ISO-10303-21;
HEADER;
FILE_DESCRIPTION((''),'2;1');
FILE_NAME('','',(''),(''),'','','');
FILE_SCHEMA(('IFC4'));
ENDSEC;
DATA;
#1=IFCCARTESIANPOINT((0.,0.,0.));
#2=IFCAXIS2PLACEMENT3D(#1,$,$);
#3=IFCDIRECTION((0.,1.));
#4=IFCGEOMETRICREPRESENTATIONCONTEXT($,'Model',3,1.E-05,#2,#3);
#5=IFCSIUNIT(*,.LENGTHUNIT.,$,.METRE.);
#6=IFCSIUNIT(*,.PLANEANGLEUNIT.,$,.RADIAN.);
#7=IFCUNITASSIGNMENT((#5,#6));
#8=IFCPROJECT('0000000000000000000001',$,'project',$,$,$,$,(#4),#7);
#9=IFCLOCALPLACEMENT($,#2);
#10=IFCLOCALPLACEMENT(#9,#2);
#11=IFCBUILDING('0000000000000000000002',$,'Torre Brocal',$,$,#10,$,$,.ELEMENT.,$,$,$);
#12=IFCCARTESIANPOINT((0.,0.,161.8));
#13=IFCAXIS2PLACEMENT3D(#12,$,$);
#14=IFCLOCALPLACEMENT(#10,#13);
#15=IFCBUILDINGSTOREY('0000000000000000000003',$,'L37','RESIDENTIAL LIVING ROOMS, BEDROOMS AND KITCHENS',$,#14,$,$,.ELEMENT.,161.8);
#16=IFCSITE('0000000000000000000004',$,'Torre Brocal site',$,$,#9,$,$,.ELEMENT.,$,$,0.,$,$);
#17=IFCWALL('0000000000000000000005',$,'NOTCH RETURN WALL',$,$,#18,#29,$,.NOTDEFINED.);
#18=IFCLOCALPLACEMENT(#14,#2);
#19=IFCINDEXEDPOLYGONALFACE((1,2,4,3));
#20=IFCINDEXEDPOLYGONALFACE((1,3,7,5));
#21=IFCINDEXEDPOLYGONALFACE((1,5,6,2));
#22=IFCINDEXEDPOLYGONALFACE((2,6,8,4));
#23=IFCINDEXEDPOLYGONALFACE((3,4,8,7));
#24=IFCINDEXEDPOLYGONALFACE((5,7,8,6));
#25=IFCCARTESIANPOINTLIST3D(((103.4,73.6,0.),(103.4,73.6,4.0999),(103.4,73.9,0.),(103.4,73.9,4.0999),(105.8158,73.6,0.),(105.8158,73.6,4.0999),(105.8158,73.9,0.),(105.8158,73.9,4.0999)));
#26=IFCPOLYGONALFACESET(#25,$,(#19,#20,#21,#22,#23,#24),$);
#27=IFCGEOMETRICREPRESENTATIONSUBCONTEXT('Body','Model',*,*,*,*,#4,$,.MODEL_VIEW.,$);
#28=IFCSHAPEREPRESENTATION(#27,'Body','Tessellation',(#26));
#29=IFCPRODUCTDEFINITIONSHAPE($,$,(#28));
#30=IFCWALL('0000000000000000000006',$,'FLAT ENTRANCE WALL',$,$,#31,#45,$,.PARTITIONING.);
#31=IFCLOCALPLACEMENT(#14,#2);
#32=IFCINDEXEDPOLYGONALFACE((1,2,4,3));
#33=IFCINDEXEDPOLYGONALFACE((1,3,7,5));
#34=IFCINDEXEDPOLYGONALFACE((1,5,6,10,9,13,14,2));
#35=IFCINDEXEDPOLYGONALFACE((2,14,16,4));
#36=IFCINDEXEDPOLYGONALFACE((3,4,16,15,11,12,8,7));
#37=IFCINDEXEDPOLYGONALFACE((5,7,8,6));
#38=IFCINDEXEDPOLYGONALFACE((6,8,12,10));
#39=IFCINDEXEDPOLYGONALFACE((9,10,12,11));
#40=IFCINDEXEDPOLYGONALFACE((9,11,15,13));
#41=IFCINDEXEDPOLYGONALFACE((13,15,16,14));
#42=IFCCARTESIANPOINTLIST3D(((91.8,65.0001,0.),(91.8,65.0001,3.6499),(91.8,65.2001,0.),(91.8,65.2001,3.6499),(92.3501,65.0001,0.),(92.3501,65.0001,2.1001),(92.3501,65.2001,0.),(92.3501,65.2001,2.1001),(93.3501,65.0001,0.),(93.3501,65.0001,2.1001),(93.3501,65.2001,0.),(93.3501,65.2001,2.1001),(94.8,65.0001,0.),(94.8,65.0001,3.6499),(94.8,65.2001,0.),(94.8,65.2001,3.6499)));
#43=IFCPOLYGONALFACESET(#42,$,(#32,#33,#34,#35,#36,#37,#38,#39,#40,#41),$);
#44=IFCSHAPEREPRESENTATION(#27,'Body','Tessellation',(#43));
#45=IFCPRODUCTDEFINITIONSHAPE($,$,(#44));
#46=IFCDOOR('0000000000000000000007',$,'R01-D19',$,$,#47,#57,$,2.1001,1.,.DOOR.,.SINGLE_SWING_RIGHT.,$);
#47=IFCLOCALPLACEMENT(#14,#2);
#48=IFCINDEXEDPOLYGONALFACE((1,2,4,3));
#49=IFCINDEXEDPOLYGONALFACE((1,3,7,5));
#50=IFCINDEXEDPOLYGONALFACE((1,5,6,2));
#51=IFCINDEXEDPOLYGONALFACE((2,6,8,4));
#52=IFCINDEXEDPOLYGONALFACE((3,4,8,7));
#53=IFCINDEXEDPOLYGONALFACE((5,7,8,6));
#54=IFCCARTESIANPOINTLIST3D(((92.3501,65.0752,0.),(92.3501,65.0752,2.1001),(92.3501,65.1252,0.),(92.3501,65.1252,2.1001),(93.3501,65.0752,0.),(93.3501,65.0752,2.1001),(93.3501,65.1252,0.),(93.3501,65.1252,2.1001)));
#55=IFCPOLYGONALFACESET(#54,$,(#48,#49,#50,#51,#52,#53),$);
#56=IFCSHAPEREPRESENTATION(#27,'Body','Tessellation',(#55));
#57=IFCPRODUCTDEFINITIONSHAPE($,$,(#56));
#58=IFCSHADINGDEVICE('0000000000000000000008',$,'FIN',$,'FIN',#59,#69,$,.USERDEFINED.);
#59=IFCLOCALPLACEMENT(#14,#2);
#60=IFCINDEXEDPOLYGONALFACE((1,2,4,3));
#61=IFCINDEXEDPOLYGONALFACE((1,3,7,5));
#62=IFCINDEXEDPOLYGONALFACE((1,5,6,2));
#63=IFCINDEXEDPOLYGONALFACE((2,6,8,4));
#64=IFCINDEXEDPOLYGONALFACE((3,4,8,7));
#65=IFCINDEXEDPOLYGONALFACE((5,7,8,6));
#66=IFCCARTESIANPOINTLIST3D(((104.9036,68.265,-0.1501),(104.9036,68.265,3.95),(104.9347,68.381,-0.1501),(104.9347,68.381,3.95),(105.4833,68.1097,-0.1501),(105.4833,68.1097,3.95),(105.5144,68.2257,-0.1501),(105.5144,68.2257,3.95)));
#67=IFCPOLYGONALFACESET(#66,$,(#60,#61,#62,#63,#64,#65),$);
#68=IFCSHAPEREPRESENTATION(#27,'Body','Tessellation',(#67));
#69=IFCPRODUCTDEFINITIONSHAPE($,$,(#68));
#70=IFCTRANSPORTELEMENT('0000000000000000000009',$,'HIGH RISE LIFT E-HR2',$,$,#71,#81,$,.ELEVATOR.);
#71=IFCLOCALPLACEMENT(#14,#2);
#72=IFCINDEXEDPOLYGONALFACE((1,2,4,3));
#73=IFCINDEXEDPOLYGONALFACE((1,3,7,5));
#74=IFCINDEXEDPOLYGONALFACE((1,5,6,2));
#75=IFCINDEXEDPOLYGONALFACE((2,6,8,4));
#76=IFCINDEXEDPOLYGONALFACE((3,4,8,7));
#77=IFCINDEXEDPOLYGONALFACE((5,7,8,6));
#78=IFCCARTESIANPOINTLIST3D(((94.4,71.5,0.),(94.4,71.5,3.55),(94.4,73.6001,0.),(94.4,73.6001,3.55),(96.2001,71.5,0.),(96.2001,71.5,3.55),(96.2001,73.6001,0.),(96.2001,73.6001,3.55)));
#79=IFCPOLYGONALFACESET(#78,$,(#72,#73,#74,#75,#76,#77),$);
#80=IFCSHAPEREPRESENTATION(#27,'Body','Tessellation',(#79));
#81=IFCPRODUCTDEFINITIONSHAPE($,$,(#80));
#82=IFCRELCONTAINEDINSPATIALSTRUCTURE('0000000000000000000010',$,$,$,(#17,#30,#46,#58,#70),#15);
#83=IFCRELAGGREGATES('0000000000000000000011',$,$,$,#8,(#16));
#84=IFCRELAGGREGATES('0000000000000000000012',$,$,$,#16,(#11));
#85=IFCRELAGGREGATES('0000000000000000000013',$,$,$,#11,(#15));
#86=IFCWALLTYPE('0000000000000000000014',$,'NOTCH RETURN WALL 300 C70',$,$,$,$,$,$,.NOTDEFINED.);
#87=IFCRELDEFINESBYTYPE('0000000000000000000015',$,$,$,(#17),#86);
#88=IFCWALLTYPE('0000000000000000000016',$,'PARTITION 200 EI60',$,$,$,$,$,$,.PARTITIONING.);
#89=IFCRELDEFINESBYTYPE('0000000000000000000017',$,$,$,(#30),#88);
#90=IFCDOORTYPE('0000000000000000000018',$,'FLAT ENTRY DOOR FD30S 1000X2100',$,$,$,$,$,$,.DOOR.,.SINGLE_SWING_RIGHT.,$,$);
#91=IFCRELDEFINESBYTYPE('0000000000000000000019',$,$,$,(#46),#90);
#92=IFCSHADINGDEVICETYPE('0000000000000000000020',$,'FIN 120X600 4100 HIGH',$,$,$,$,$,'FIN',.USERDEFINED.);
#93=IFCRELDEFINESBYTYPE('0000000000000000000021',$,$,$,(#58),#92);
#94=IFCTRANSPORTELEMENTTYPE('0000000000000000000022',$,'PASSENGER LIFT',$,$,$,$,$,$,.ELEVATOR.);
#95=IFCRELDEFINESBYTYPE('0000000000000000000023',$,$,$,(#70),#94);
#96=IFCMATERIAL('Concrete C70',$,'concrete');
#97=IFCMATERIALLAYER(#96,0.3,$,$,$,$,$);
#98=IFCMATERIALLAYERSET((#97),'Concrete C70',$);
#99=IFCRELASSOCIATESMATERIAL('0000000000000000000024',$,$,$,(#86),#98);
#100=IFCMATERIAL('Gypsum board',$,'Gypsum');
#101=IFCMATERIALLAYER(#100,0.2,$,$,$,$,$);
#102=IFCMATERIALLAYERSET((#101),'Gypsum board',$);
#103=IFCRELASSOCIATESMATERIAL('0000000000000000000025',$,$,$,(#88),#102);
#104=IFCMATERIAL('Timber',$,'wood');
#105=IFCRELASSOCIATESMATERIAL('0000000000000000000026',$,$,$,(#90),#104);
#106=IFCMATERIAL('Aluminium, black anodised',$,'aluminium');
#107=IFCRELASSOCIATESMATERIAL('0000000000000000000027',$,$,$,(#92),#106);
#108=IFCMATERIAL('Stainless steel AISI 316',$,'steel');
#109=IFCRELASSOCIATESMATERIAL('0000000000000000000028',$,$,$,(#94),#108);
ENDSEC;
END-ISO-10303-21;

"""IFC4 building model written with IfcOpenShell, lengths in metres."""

from ifc_helpers import new_model, si_unit, direction, frame, frame_2d, origin, origin_2d, place, context, subcontext, project, spatial, rectangle, extrude, material, layer, layer_set, material_profile, profile_set, type_object, element, fill, save


model = new_model("IFC4")

# Units and contexts
model_context = context("Model", 3, precision=1e-05, world=origin(), true_north=direction((0.0, 1.0)))
body_context = subcontext(model_context, "Body", "Model", "MODEL_VIEW")
ifc_project = project(units=[si_unit("LENGTHUNIT", "METRE"), si_unit("PLANEANGLEUNIT", "RADIAN")], contexts=[model_context])

# Site, building, storey
site_placement = place(None, origin())
site = spatial("IfcSite", under=ifc_project, at=site_placement, Name="Torre Brocal site", CompositionType="ELEMENT", RefElevation=0.0)
building_placement = place(site_placement, origin())
building = spatial("IfcBuilding", under=site, at=building_placement, Name="Torre Brocal", CompositionType="ELEMENT")
storey_placement = place(building_placement, frame((0.0, 0.0, 161.8)))
storey = spatial("IfcBuildingStorey", under=building, at=storey_placement, Name="L37", Description="RESIDENTIAL LIVING ROOMS, BEDROOMS AND KITCHENS", CompositionType="ELEMENT", Elevation=161.8)

# Wall
ifc_material_1 = material(Name="Concrete C70", Category="concrete")
ifc_layer_1 = layer(ifc_material_1, 0.3)
ifc_layer_set_1 = layer_set([ifc_layer_1], Name="Concrete C70")
wall_type_1 = type_object("IfcWallType", Name="NOTCH RETURN WALL 300 C70", PredefinedType="NOTDEFINED", material=ifc_layer_set_1)
wall_1_placement = place(storey_placement, frame((103.3999, 73.75, 0.0), z_axis=(0.0, 0.0, 1.0), x_axis=(1.0, 0.0, 0.0)))
element("IfcWall", 1, at=wall_1_placement, inside=storey, type_object=wall_type_1, Name="NOTCH RETURN WALL", PredefinedType="NOTDEFINED", context=body_context, shape_type="SweptSolid", body=[
    extrude(rectangle(XDim=2.4158, YDim=0.3, at=frame_2d((1.208, 0.0))), origin(), (0.0, 0.0, 1.0), 4.0999),
])

# Wall, opening, door
ifc_material_2 = material(Name="Gypsum board", Category="Gypsum")
ifc_layer_2 = layer(ifc_material_2, 0.2)
ifc_layer_set_2 = layer_set([ifc_layer_2], Name="Gypsum board")
wall_type_2 = type_object("IfcWallType", Name="PARTITION 200 EI60", PredefinedType="PARTITIONING", material=ifc_layer_set_2)
wall_2_placement = place(storey_placement, frame((91.8, 65.1001, 0.0), z_axis=(0.0, 0.0, 1.0), x_axis=(1.0, 0.0, 0.0)))
wall_2 = element("IfcWall", 2, at=wall_2_placement, inside=storey, type_object=wall_type_2, Name="FLAT ENTRANCE WALL", PredefinedType="PARTITIONING", context=body_context, shape_type="SweptSolid", body=[
    extrude(rectangle(XDim=3.0, YDim=0.2, at=frame_2d((1.5, 0.0))), origin(), (0.0, 0.0, 1.0), 3.6499),
])
opening_1_placement = place(wall_2_placement, frame((0.55, 0.0, 0.0)))
opening_1 = element("IfcOpeningElement", 3, at=opening_1_placement, cuts=wall_2, PredefinedType="OPENING", context=body_context, shape_type="SweptSolid", body=[
    extrude(rectangle(XDim=1.0, YDim=2.1001, at=frame_2d((0.5, 1.05))), frame((0.0, 0.1099, 0.0), z_axis=(0.0, -1.0, 0.0), x_axis=(1.0, 0.0, 0.0)), (0.0, 0.0, 1.0), 0.22),
])
ifc_material_3 = material(Name="Timber", Category="wood")
door_type_1 = type_object("IfcDoorType", Name="FLAT ENTRY DOOR FD30S 1000X2100", OperationType="SINGLE_SWING_RIGHT", PredefinedType="DOOR", material=ifc_material_3)
door_1_placement = place(opening_1_placement, frame((1.0, 0.0, 0.0), z_axis=(0.0, 0.0, 1.0), x_axis=(-1.0, 0.0, 0.0)))
door_1 = element("IfcDoor", 4, at=door_1_placement, inside=storey, type_object=door_type_1, Name="R01-D19", OperationType="SINGLE_SWING_RIGHT", OverallHeight=2.1001, OverallWidth=1.0, PredefinedType="DOOR", context=body_context, shape_type="SweptSolid", body=[
    extrude(rectangle(XDim=1.0, YDim=2.1001, at=frame_2d((0.5, 1.05))), frame((0.0, 0.0249, 0.0), z_axis=(0.0, -1.0, 0.0), x_axis=(1.0, 0.0, 0.0)), (0.0, 0.0, 1.0), 0.05),
])
fill(opening_1, door_1)

# Shading device
ifc_material_4 = material(Name="Aluminium, black anodised", Category="aluminium")
ifc_material_profile_1 = material_profile(ifc_material_4, rectangle(XDim=0.1201, YDim=0.6001, at=origin_2d()), Name="FIN 120X600 4100 HIGH")
ifc_profile_set_1 = profile_set([ifc_material_profile_1], Name="Aluminium, black anodised")
shading_device_type = type_object("IfcShadingDeviceType", Name="FIN 120X600 4100 HIGH", ElementType="FIN", PredefinedType="USERDEFINED", material=ifc_profile_set_1)
shading_device_placement = place(storey_placement, frame((105.209, 68.2454, -0.1501), z_axis=(0.0, 0.0, 1.0), x_axis=(0.258819, 0.965926, 0.0)))
element("IfcShadingDevice", 5, at=shading_device_placement, inside=storey, type_object=shading_device_type, Name="FIN", ObjectType="FIN", PredefinedType="USERDEFINED", context=body_context, shape_type="SweptSolid", body=[
    extrude(rectangle(XDim=0.1201, YDim=0.6001, at=origin_2d()), origin(), (0.0, 0.0, 1.0), 4.1001),
])

# Transport element
ifc_material_5 = material(Name="Stainless steel AISI 316", Category="steel")
transport_element_type = type_object("IfcTransportElementType", Name="PASSENGER LIFT", PredefinedType="ELEVATOR", material=ifc_material_5)
transport_element_placement = place(storey_placement, frame((95.3, 72.55, 0.0), z_axis=(0.0, 0.0, 1.0), x_axis=(1.0, 0.0, 0.0)))
element("IfcTransportElement", 6, at=transport_element_placement, inside=storey, type_object=transport_element_type, Name="HIGH RISE LIFT E-HR2", PredefinedType="ELEVATOR", context=body_context, shape_type="SweptSolid", body=[
    extrude(rectangle(XDim=1.8, YDim=2.1001, at=origin_2d()), origin(), (0.0, 0.0, 1.0), 3.55),
])

save(model, "model.ifc")
